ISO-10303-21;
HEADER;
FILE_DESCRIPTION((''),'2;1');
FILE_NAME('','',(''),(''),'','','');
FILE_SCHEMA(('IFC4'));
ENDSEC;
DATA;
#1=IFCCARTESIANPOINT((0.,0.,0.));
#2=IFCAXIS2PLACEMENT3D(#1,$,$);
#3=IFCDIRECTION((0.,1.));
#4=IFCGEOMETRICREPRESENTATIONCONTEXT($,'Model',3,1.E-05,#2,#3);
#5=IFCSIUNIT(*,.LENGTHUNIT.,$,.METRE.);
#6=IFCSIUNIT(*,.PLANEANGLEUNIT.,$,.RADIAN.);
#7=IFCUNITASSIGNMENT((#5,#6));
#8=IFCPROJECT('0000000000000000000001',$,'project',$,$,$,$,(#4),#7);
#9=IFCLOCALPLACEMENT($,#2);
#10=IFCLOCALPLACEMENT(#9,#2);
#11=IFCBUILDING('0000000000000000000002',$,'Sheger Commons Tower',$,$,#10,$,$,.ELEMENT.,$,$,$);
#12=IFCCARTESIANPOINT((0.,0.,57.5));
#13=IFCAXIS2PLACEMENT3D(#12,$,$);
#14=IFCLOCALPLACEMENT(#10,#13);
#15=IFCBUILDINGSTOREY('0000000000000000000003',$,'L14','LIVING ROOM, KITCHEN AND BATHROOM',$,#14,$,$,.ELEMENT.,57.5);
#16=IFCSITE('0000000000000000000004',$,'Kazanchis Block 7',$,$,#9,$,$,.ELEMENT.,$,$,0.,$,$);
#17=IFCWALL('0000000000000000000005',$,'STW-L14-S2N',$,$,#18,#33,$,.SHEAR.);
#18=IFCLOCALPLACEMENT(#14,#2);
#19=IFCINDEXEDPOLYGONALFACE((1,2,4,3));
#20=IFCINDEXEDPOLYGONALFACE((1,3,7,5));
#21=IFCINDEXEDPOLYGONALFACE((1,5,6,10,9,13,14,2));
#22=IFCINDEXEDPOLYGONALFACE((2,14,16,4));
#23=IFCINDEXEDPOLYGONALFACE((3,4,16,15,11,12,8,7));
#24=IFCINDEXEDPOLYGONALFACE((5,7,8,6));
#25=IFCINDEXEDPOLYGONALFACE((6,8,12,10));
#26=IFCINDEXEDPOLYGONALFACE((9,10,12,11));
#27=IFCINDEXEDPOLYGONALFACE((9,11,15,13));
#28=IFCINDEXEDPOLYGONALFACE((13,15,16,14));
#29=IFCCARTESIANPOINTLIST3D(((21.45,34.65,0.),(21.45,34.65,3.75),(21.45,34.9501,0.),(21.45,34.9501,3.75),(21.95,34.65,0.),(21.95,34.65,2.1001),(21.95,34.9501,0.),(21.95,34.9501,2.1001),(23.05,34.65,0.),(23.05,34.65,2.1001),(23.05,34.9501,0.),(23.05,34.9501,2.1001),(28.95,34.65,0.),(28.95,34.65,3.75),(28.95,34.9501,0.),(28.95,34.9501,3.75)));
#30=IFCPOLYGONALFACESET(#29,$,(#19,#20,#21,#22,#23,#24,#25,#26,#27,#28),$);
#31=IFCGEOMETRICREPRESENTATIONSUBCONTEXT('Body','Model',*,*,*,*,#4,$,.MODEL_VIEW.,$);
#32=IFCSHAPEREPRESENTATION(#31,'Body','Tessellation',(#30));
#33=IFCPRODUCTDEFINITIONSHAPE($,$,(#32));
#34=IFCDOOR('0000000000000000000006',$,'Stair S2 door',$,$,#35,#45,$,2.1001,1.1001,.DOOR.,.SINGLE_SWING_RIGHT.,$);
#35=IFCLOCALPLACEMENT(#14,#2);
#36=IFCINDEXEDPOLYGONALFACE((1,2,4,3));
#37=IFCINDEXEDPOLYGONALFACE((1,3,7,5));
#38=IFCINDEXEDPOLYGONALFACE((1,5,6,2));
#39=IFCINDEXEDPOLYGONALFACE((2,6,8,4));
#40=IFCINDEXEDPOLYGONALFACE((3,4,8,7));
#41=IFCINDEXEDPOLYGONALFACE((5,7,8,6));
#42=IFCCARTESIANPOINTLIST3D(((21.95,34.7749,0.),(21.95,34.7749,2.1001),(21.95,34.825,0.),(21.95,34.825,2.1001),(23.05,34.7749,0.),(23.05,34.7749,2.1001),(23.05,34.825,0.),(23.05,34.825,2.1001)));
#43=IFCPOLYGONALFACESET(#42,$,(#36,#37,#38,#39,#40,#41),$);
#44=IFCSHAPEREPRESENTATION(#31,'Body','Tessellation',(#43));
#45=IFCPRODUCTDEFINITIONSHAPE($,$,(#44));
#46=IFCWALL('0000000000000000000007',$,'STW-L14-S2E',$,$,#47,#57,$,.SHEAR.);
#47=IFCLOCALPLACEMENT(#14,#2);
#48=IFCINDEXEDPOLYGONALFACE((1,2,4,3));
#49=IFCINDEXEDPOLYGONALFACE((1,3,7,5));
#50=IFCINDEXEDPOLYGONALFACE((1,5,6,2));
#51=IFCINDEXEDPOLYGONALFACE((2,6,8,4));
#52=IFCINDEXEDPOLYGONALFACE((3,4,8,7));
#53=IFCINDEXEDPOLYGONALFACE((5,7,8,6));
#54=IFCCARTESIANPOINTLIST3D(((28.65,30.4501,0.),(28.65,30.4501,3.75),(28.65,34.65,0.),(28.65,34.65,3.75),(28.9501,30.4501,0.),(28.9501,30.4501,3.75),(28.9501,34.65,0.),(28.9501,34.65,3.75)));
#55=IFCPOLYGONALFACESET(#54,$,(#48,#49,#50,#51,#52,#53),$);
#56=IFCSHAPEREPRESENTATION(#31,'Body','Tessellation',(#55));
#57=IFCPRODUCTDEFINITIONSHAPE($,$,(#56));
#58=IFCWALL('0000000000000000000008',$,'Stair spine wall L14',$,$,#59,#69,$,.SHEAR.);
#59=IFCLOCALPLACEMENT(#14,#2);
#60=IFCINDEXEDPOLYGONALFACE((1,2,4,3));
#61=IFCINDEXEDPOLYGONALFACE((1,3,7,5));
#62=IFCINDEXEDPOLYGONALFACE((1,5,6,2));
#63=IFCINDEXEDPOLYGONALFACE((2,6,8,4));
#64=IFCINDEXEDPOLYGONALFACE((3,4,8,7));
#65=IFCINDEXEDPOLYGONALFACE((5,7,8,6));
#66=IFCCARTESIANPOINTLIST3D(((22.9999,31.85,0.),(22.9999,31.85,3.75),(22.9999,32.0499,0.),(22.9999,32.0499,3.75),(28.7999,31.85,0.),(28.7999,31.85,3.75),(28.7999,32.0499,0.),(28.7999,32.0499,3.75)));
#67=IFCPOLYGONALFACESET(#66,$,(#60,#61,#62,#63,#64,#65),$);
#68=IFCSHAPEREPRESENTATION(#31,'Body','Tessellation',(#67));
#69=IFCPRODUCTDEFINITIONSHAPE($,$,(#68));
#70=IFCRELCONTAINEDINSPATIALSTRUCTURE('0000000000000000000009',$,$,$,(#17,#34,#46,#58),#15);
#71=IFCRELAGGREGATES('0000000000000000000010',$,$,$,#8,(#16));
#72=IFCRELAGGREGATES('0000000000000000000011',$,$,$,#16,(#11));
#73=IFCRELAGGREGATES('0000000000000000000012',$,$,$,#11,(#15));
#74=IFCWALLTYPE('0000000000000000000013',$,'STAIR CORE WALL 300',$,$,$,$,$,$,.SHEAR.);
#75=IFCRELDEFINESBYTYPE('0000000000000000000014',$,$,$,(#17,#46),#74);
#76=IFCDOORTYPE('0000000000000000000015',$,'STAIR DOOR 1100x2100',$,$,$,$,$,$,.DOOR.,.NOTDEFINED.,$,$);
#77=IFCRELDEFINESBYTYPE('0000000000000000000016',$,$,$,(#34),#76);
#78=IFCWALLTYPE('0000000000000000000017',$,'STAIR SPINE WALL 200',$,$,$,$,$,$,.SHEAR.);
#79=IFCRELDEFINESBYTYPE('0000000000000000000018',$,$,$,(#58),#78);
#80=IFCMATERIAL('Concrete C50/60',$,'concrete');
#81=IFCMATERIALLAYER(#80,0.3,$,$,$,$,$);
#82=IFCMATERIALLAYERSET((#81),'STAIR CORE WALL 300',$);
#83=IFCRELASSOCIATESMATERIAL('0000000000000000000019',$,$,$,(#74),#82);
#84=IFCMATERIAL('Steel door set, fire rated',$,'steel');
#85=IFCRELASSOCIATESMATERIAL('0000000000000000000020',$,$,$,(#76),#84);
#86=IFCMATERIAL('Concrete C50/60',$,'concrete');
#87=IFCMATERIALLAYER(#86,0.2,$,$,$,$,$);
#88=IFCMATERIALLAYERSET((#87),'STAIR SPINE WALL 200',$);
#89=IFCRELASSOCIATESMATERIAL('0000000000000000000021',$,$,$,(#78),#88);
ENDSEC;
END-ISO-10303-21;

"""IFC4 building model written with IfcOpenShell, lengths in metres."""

from ifc_helpers import new_model, si_unit, direction, frame, frame_2d, origin, place, context, subcontext, project, spatial, rectangle, extrude, material, layer, layer_set, type_object, element, fill, save


model = new_model("IFC4")

# Units and contexts
model_context = context("Model", 3, precision=1e-05, world=origin(), true_north=direction((0.0, 1.0)))
body_context = subcontext(model_context, "Body", "Model", "MODEL_VIEW")
ifc_project = project(units=[si_unit("LENGTHUNIT", "METRE"), si_unit("PLANEANGLEUNIT", "RADIAN")], contexts=[model_context])

# Site, building, storey
site_placement = place(None, origin())
site = spatial("IfcSite", under=ifc_project, at=site_placement, Name="Kazanchis Block 7", CompositionType="ELEMENT", RefElevation=0.0)
building_placement = place(site_placement, origin())
building = spatial("IfcBuilding", under=site, at=building_placement, Name="Sheger Commons Tower", CompositionType="ELEMENT")
storey_placement = place(building_placement, frame((0.0, 0.0, 57.5)))
storey = spatial("IfcBuildingStorey", under=building, at=storey_placement, Name="L14", Description="LIVING ROOM, KITCHEN AND BATHROOM", CompositionType="ELEMENT", Elevation=57.5)

# Wall, opening, door
ifc_material_1 = material(Name="Concrete C50/60", Category="concrete")
ifc_layer_1 = layer(ifc_material_1, 0.3)
ifc_layer_set_1 = layer_set([ifc_layer_1], Name="STAIR CORE WALL 300")
wall_type_1 = type_object("IfcWallType", Name="STAIR CORE WALL 300", PredefinedType="SHEAR", material=ifc_layer_set_1)
wall_1_placement = place(storey_placement, frame((21.45, 34.8, 0.0), z_axis=(0.0, 0.0, 1.0), x_axis=(1.0, 0.0, 0.0)))
wall_1 = element("IfcWall", 1, at=wall_1_placement, inside=storey, type_object=wall_type_1, Name="STW-L14-S2N", PredefinedType="SHEAR", context=body_context, shape_type="SweptSolid", body=[
    extrude(rectangle(XDim=7.5, YDim=0.3, at=frame_2d((3.75, 0.0))), origin(), (0.0, 0.0, 1.0), 3.75),
])
opening_1_placement = place(wall_1_placement, frame((0.5, 0.0, 0.0)))
opening_1 = element("IfcOpeningElement", 2, at=opening_1_placement, cuts=wall_1, PredefinedType="OPENING", context=body_context, shape_type="SweptSolid", body=[
    extrude(rectangle(XDim=1.1001, YDim=2.1001, at=frame_2d((0.55, 1.05))), frame((0.0, 0.1599, 0.0), z_axis=(0.0, -1.0, 0.0), x_axis=(1.0, 0.0, 0.0)), (0.0, 0.0, 1.0), 0.3201),
])
ifc_material_2 = material(Name="Steel door set, fire rated", Category="steel")
door_type_1 = type_object("IfcDoorType", Name="STAIR DOOR 1100x2100", OperationType="NOTDEFINED", PredefinedType="DOOR", material=ifc_material_2)
door_1_placement = place(opening_1_placement, origin())
door_1 = element("IfcDoor", 3, at=door_1_placement, inside=storey, type_object=door_type_1, Name="Stair S2 door", OperationType="SINGLE_SWING_RIGHT", OverallHeight=2.1001, OverallWidth=1.1001, PredefinedType="DOOR", context=body_context, shape_type="SweptSolid", body=[
    extrude(rectangle(XDim=1.1001, YDim=2.1001, at=frame_2d((0.55, 1.05))), frame((0.0, 0.0249, 0.0), z_axis=(0.0, -1.0, 0.0), x_axis=(1.0, 0.0, 0.0)), (0.0, 0.0, 1.0), 0.05),
])
fill(opening_1, door_1)

# Walls
wall_2_placement = place(storey_placement, frame((28.8, 30.45, 0.0), z_axis=(0.0, 0.0, 1.0), x_axis=(0.0, 1.0, 0.0)))
element("IfcWall", 4, at=wall_2_placement, inside=storey, type_object=wall_type_1, Name="STW-L14-S2E", PredefinedType="SHEAR", context=body_context, shape_type="SweptSolid", body=[
    extrude(rectangle(XDim=4.2, YDim=0.3, at=frame_2d((2.1001, 0.0))), origin(), (0.0, 0.0, 1.0), 3.75),
])
ifc_material_3 = material(Name="Concrete C50/60", Category="concrete")
ifc_layer_2 = layer(ifc_material_3, 0.2)
ifc_layer_set_2 = layer_set([ifc_layer_2], Name="STAIR SPINE WALL 200")
wall_type_2 = type_object("IfcWallType", Name="STAIR SPINE WALL 200", PredefinedType="SHEAR", material=ifc_layer_set_2)
wall_3_placement = place(storey_placement, frame((23.0, 31.95, 0.0), z_axis=(0.0, 0.0, 1.0), x_axis=(1.0, 0.0, 0.0)))
element("IfcWall", 5, at=wall_3_placement, inside=storey, type_object=wall_type_2, Name="Stair spine wall L14", PredefinedType="SHEAR", context=body_context, shape_type="SweptSolid", body=[
    extrude(rectangle(XDim=5.8, YDim=0.2, at=frame_2d((2.8999, 0.0))), origin(), (0.0, 0.0, 1.0), 3.75),
])

save(model, "model.ifc")
